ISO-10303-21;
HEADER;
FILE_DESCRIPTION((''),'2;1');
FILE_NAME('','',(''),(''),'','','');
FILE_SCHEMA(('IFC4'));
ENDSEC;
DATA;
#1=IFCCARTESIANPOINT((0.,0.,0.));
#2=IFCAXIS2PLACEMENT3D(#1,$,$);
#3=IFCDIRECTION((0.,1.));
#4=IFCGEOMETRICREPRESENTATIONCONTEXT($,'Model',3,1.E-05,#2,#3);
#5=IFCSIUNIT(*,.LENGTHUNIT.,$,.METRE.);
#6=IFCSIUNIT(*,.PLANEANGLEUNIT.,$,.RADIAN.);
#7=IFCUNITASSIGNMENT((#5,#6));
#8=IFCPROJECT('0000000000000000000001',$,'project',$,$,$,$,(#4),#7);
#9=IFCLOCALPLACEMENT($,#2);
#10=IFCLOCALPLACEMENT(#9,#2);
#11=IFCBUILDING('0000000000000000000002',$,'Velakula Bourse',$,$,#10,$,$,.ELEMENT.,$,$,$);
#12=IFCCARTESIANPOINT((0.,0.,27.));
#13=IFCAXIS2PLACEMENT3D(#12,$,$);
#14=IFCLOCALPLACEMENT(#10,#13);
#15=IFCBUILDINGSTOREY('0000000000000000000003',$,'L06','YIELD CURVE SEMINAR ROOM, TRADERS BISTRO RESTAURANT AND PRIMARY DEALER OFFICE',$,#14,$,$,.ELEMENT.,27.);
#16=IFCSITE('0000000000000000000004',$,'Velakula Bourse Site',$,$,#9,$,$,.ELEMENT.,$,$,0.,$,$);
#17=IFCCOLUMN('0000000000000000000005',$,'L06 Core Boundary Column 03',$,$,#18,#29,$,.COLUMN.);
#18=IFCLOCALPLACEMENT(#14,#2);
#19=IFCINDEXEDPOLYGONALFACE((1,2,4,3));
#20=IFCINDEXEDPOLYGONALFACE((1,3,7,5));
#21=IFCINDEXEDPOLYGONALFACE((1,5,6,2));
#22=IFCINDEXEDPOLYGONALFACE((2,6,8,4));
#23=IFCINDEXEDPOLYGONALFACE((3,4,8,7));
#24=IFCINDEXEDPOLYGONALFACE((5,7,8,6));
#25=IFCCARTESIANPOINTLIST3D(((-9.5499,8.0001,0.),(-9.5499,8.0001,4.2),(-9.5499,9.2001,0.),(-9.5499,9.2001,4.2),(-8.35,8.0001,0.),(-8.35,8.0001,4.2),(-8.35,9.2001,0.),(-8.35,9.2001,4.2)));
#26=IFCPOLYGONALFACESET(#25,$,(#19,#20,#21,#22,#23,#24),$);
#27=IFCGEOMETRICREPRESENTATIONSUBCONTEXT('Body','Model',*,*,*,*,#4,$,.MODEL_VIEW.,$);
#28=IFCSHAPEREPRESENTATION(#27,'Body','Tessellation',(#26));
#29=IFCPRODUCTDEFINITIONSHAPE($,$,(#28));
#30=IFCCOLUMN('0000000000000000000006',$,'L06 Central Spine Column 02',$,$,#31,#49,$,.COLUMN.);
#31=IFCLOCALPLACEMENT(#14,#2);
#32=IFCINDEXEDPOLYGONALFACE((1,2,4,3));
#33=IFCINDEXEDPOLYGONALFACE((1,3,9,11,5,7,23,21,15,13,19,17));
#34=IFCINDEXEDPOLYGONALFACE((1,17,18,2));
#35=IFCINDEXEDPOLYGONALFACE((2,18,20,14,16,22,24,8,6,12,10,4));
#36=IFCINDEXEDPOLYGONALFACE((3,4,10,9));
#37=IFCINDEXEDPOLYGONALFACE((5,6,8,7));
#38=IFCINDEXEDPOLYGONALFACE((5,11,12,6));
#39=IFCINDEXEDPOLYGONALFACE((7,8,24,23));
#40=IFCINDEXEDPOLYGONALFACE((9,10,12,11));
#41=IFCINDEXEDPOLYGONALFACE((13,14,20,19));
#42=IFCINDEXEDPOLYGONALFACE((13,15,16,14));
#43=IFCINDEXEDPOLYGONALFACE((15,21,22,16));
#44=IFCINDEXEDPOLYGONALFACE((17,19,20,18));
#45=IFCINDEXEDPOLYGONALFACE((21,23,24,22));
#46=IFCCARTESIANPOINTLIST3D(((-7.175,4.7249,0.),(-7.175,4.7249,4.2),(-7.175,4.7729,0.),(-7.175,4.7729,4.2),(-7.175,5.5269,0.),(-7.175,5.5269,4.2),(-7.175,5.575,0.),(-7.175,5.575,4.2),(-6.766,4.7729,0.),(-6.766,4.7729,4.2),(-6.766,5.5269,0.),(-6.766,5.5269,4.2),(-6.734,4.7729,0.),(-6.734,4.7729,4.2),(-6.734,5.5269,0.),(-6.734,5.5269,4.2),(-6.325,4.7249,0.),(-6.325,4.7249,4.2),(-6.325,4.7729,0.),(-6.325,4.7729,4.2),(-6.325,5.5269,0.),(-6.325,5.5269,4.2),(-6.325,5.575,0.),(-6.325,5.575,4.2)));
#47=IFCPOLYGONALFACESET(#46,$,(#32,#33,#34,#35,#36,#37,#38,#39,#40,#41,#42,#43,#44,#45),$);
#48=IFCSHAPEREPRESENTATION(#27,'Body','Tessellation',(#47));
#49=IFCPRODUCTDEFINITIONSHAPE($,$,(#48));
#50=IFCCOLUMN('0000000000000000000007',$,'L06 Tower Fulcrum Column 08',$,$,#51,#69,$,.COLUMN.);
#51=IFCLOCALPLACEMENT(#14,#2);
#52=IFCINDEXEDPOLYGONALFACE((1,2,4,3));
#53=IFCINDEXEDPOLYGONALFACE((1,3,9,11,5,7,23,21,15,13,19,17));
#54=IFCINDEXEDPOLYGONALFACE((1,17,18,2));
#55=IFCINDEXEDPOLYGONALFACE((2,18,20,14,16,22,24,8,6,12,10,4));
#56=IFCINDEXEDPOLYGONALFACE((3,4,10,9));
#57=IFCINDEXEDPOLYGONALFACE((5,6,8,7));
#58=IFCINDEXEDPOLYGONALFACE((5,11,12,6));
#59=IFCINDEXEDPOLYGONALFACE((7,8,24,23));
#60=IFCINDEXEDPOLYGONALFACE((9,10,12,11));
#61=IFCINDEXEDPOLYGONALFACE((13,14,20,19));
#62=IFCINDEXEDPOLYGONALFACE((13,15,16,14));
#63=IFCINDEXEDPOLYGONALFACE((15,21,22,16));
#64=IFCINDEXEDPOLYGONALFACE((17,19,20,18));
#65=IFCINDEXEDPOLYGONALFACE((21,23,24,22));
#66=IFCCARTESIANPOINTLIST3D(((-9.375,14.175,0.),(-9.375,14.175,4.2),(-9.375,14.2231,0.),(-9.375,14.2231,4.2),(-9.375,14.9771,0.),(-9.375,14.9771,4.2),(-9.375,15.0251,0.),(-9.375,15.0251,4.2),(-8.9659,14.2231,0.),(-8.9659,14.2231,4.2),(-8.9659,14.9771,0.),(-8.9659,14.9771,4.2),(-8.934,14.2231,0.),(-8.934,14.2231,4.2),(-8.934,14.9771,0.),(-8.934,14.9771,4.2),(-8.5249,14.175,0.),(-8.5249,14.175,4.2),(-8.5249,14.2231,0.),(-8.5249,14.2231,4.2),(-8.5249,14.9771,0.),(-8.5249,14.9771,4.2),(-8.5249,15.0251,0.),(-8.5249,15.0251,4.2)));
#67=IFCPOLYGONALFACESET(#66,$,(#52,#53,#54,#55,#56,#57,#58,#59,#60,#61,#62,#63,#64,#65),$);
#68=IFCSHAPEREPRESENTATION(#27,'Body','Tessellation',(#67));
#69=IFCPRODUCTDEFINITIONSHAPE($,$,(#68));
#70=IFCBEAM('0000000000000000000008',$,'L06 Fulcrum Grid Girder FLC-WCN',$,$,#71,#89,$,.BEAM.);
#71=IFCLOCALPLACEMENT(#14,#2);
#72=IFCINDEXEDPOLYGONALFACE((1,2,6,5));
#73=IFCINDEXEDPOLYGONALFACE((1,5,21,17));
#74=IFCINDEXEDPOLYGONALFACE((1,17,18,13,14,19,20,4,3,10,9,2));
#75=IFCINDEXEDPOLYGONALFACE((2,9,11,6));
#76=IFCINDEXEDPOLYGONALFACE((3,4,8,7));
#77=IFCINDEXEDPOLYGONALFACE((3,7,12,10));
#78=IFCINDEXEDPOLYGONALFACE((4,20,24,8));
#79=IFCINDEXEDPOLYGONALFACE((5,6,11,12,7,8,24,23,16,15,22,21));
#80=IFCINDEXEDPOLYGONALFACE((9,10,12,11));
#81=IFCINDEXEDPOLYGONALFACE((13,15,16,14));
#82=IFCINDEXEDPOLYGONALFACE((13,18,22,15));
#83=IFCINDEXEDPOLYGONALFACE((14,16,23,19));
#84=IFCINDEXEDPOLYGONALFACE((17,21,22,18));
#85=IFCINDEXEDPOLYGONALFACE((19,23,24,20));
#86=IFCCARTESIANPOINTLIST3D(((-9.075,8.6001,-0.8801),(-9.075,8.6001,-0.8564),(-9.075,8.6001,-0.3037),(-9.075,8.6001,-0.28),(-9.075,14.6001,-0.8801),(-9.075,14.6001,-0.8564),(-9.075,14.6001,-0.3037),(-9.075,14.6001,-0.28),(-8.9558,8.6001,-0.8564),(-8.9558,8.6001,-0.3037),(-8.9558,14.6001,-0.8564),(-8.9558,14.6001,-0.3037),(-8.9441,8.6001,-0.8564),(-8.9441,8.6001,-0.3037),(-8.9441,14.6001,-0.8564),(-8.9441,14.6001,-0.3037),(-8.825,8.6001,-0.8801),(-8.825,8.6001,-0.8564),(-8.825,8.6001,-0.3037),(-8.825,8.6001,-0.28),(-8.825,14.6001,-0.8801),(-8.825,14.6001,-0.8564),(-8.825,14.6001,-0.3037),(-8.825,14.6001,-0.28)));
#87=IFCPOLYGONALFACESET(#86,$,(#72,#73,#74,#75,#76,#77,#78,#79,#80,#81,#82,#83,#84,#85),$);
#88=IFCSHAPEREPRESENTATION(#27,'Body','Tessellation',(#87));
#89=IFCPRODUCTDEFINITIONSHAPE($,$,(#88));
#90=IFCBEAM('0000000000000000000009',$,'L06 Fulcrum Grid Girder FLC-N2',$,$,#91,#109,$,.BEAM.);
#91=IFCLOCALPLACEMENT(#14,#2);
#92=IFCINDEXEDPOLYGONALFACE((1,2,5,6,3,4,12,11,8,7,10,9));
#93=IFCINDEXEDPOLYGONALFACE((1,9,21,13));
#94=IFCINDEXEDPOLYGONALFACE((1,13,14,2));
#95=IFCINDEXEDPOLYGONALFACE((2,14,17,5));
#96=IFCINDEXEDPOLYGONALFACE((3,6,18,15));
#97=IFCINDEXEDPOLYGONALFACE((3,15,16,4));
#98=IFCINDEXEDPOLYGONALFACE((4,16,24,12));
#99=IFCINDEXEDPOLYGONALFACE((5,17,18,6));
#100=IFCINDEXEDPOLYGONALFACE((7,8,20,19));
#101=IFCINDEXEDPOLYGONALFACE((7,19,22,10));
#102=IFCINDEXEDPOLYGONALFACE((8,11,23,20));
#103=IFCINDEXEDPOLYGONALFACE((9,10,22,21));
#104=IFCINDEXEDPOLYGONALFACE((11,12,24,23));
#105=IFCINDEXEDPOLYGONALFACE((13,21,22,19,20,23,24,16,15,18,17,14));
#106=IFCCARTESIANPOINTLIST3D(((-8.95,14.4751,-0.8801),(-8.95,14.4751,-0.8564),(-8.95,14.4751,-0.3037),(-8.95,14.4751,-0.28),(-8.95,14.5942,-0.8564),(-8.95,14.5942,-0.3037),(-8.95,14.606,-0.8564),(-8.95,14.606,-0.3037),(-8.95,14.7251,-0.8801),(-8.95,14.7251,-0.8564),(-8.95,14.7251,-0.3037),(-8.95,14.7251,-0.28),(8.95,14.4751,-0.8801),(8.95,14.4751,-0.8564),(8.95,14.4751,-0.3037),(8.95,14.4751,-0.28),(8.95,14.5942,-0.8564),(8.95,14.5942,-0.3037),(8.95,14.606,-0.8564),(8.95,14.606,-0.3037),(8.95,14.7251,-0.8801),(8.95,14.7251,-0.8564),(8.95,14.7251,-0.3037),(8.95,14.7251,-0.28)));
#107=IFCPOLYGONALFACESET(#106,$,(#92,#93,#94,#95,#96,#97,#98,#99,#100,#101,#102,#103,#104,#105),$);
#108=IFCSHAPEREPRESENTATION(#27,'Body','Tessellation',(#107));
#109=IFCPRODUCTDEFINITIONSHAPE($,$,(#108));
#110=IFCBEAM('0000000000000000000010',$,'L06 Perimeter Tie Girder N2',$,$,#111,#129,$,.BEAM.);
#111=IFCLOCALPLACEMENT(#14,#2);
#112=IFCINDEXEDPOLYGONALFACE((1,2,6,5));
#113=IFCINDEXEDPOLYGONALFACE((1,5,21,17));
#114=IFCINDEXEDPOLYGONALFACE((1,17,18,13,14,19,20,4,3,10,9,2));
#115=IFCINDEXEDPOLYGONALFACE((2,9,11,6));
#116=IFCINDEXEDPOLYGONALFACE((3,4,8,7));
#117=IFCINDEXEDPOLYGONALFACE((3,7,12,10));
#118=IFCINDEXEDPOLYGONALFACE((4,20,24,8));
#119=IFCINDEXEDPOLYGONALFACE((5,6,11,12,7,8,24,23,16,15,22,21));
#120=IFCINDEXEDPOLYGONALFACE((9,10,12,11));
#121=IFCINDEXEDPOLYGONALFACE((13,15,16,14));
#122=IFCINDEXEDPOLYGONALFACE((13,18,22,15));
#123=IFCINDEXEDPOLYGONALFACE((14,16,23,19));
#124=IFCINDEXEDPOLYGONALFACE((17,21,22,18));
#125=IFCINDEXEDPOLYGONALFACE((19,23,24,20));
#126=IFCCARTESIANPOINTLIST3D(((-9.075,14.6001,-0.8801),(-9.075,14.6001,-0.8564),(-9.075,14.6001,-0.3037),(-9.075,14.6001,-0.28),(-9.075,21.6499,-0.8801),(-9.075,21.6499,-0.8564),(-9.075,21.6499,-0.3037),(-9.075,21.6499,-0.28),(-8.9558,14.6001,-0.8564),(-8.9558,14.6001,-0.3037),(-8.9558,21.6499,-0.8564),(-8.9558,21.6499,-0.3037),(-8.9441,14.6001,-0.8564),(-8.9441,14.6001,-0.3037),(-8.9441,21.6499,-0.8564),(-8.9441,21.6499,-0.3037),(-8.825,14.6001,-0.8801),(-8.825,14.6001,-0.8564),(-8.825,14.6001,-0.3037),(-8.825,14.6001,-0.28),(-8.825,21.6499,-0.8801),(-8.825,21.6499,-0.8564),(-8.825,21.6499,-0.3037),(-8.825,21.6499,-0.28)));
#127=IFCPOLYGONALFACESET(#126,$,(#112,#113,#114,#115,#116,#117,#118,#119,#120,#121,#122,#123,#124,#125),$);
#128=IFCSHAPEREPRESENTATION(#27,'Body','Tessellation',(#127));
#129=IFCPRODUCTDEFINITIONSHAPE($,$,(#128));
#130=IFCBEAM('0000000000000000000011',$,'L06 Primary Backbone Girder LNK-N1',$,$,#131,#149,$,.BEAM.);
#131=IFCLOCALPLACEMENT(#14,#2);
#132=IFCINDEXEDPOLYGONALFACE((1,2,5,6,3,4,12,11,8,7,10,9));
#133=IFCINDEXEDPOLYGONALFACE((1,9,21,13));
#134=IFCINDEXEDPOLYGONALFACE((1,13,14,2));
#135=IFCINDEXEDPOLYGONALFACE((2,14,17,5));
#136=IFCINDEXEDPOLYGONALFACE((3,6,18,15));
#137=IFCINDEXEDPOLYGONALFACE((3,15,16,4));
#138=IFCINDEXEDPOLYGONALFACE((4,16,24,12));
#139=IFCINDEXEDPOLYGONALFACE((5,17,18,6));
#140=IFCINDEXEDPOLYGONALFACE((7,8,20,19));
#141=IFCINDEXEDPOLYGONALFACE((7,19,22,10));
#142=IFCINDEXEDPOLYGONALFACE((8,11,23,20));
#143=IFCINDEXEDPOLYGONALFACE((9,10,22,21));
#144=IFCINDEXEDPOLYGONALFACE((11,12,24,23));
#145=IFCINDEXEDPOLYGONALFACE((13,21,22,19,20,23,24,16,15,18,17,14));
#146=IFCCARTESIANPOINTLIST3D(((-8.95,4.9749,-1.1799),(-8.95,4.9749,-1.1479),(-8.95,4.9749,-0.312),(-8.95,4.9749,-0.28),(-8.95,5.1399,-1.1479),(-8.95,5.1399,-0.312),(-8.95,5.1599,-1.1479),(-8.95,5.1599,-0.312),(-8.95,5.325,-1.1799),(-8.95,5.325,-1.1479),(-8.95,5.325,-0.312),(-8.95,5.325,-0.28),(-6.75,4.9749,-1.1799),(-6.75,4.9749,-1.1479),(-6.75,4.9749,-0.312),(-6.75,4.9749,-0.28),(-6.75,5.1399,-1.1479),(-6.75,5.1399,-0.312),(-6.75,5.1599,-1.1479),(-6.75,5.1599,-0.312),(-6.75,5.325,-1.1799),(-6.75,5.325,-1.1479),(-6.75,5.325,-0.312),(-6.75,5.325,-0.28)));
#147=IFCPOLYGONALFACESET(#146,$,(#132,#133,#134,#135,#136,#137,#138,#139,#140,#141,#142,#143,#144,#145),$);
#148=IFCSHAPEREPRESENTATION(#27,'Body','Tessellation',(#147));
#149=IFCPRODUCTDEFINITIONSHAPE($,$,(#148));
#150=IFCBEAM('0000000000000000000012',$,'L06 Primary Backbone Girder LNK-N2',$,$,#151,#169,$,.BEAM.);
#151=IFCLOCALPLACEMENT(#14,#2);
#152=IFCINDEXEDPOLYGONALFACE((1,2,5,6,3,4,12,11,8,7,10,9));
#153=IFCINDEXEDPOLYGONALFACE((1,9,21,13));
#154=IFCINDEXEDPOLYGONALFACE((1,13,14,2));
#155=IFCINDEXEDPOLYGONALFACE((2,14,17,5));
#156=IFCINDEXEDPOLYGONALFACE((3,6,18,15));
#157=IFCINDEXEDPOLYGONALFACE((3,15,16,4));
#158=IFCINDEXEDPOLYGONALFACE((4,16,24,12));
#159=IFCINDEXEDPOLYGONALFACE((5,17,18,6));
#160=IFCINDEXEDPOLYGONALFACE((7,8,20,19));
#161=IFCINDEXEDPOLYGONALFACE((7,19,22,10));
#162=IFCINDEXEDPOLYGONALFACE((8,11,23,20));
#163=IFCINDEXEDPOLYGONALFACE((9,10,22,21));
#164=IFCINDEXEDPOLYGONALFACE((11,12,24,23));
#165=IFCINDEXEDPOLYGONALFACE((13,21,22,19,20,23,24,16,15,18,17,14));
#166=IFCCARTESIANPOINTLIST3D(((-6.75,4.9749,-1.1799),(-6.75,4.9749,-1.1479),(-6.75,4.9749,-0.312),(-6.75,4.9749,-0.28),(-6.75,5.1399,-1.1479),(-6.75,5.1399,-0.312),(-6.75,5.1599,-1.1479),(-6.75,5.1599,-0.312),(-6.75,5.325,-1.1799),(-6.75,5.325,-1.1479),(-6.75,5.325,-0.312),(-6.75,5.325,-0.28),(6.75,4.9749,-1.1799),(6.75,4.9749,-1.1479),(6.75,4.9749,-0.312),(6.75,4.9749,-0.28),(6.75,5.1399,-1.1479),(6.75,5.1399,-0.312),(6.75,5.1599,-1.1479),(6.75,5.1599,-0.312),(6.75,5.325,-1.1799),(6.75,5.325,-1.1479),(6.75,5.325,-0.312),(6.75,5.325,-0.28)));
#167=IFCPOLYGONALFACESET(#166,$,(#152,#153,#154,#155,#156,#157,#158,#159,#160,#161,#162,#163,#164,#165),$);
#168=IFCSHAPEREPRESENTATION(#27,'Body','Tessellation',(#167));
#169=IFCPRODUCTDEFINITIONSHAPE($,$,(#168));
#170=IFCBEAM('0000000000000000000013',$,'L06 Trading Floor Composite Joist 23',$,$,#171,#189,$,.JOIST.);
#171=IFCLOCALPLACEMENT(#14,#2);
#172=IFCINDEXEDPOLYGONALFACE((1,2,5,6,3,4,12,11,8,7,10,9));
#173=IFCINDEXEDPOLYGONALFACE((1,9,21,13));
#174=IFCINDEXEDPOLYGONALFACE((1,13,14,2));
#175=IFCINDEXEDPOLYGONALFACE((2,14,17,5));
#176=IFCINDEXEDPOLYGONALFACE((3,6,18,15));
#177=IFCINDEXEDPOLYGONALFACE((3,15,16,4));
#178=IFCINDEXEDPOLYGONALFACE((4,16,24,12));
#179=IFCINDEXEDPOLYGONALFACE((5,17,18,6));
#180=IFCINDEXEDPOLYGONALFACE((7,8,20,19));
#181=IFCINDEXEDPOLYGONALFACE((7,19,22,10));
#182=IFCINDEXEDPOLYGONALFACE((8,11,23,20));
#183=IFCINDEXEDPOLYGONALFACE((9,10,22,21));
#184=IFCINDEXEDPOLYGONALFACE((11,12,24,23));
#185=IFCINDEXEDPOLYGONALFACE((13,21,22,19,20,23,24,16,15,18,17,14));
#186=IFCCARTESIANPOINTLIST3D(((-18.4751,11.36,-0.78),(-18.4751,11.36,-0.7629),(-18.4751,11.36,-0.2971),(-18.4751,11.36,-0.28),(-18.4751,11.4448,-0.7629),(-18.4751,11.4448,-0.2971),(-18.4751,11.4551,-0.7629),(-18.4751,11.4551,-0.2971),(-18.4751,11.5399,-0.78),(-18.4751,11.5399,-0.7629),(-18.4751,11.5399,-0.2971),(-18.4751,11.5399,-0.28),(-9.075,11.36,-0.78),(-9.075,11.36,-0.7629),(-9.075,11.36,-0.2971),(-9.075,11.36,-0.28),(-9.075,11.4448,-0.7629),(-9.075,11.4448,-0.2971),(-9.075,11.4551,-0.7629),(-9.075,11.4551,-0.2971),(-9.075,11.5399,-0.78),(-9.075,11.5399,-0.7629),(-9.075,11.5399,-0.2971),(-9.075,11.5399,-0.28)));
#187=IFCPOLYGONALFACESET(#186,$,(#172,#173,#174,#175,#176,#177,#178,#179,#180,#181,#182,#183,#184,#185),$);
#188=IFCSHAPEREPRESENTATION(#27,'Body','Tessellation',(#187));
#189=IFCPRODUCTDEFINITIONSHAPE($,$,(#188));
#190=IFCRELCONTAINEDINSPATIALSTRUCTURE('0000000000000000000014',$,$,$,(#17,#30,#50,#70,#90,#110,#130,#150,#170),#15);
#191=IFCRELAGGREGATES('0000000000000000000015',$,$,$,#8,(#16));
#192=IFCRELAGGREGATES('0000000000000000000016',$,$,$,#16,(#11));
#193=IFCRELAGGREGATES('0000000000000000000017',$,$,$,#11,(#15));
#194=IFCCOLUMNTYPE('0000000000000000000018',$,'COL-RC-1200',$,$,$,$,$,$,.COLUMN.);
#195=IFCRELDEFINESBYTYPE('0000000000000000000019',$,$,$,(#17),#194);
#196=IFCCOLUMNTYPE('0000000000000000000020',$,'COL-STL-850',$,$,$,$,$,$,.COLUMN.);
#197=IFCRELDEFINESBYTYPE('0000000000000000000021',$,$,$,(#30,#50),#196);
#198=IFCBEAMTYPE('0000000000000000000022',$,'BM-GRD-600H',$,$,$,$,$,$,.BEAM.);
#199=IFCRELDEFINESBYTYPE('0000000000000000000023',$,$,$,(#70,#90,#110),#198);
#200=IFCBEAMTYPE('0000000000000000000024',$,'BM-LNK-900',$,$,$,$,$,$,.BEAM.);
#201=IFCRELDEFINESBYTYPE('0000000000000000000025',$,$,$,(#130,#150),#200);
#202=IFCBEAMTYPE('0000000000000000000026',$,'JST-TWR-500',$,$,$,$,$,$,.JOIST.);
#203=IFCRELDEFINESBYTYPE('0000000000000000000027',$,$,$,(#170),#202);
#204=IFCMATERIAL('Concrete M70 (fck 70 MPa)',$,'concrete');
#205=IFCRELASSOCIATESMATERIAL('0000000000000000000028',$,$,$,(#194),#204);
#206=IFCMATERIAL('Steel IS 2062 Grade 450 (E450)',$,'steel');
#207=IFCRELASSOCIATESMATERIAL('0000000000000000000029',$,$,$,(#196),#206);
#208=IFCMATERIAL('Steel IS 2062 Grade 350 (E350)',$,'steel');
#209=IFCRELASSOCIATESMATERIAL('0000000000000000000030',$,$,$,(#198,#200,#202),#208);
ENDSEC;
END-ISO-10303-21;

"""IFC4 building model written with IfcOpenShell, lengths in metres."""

from ifc_helpers import new_model, si_unit, direction, frame, origin, origin_2d, place, context, subcontext, project, spatial, rectangle, i_section, extrude, material, material_profile, profile_set, type_object, element, save


model = new_model("IFC4")

# Units and contexts
model_context = context("Model", 3, precision=1e-05, world=origin(), true_north=direction((0.0, 1.0)))
body_context = subcontext(model_context, "Body", "Model", "MODEL_VIEW")
ifc_project = project(units=[si_unit("LENGTHUNIT", "METRE"), si_unit("PLANEANGLEUNIT", "RADIAN")], contexts=[model_context])

# Site, building, storey
site_placement = place(None, origin())
site = spatial("IfcSite", under=ifc_project, at=site_placement, Name="Velakula Bourse Site", CompositionType="ELEMENT", RefElevation=0.0)
building_placement = place(site_placement, origin())
building = spatial("IfcBuilding", under=site, at=building_placement, Name="Velakula Bourse", CompositionType="ELEMENT")
storey_placement = place(building_placement, frame((0.0, 0.0, 27.0)))
storey = spatial("IfcBuildingStorey", under=building, at=storey_placement, Name="L06", Description="YIELD CURVE SEMINAR ROOM, TRADERS BISTRO RESTAURANT AND PRIMARY DEALER OFFICE", CompositionType="ELEMENT", Elevation=27.0)

# Columns
ifc_material_1 = material(Name="Concrete M70 (fck 70 MPa)", Category="concrete")
ifc_material_profile_1 = material_profile(ifc_material_1, rectangle(XDim=1.2, YDim=1.2, at=origin_2d()), Name="Concrete M70 (fck 70 MPa)")
ifc_profile_set_1 = profile_set([ifc_material_profile_1], Name="Concrete M70 (fck 70 MPa)")
column_type_1 = type_object("IfcColumnType", Name="COL-RC-1200", PredefinedType="COLUMN", material=ifc_profile_set_1)
column_placement = place(storey_placement, frame((-8.95, 8.6001, 0.0), z_axis=(0.0, 0.0, 1.0), x_axis=(1.0, 0.0, 0.0)))
element("IfcColumn", 1, at=column_placement, inside=storey, type_object=column_type_1, Name="L06 Core Boundary Column 03", PredefinedType="COLUMN", context=body_context, shape_type="SweptSolid", body=[
    extrude(rectangle(XDim=1.2, YDim=1.2, at=origin_2d()), origin(), (0.0, 0.0, 1.0), 4.2),
])
ifc_material_2 = material(Name="Steel IS 2062 Grade 450 (E450)", Category="steel")
ifc_material_profile_2 = material_profile(ifc_material_2, i_section(OverallWidth=0.8501, OverallDepth=0.8501, WebThickness=0.032, FlangeThickness=0.0481, at=origin_2d()), Name="Steel IS 2062 Grade 450 (E450)")
ifc_profile_set_2 = profile_set([ifc_material_profile_2], Name="Steel IS 2062 Grade 450 (E450)")
column_type_2 = type_object("IfcColumnType", Name="COL-STL-850", PredefinedType="COLUMN", material=ifc_profile_set_2)
for number, where, z_axis, x_axis, name in (
    (2, (-6.75, 5.1499, 0.0), (0.0, 0.0, 1.0), (1.0, 0.0, 0.0), "L06 Central Spine Column 02"),
    (3, (-8.95, 14.6001, 0.0), (0.0, 0.0, 1.0), (1.0, 0.0, 0.0), "L06 Tower Fulcrum Column 08"),
):
    element("IfcColumn", number, at=place(storey_placement, frame(where, z_axis=z_axis, x_axis=x_axis)), inside=storey, type_object=column_type_2, Name=name, PredefinedType="COLUMN", context=body_context, shape_type="SweptSolid", body=[
        extrude(i_section(OverallWidth=0.8501, OverallDepth=0.8501, WebThickness=0.032, FlangeThickness=0.0481, at=origin_2d()), origin(), (0.0, 0.0, 1.0), 4.2),
    ])

# Beams
ifc_material_3 = material(Name="Steel IS 2062 Grade 350 (E350)", Category="steel")
ifc_material_profile_3 = material_profile(ifc_material_3, i_section(OverallWidth=0.25, OverallDepth=0.6001, WebThickness=0.0117, FlangeThickness=0.0237, at=origin_2d()), Name="Steel IS 2062 Grade 350 (E350)")
ifc_profile_set_3 = profile_set([ifc_material_profile_3], Name="Steel IS 2062 Grade 350 (E350)")
beam_type_1 = type_object("IfcBeamType", Name="BM-GRD-600H", PredefinedType="BEAM", material=ifc_profile_set_3)
beam_1_placement = place(storey_placement, frame((-8.95, 8.6001, -0.5801), z_axis=(0.0, 1.0, 0.0), x_axis=(-1.0, 0.0, 0.0)))
element("IfcBeam", 4, at=beam_1_placement, inside=storey, type_object=beam_type_1, Name="L06 Fulcrum Grid Girder FLC-WCN", PredefinedType="BEAM", context=body_context, shape_type="SweptSolid", body=[
    extrude(i_section(OverallWidth=0.25, OverallDepth=0.6001, WebThickness=0.0117, FlangeThickness=0.0237, at=origin_2d()), origin(), (0.0, 0.0, 1.0), 6.0),
])
beam_2_placement = place(storey_placement, frame((-8.95, 14.6001, -0.5801), z_axis=(1.0, 0.0, 0.0), x_axis=(0.0, 1.0, 0.0)))
element("IfcBeam", 5, at=beam_2_placement, inside=storey, type_object=beam_type_1, Name="L06 Fulcrum Grid Girder FLC-N2", PredefinedType="BEAM", context=body_context, shape_type="SweptSolid", body=[
    extrude(i_section(OverallWidth=0.25, OverallDepth=0.6001, WebThickness=0.0117, FlangeThickness=0.0237, at=origin_2d()), origin(), (0.0, 0.0, 1.0), 17.8999),
])
beam_3_placement = place(storey_placement, frame((-8.95, 14.6001, -0.5801), z_axis=(0.0, 1.0, 0.0), x_axis=(-1.0, 0.0, 0.0)))
element("IfcBeam", 6, at=beam_3_placement, inside=storey, type_object=beam_type_1, Name="L06 Perimeter Tie Girder N2", PredefinedType="BEAM", context=body_context, shape_type="SweptSolid", body=[
    extrude(i_section(OverallWidth=0.25, OverallDepth=0.6001, WebThickness=0.0117, FlangeThickness=0.0237, at=origin_2d()), origin(), (0.0, 0.0, 1.0), 7.0498),
])
ifc_material_profile_4 = material_profile(ifc_material_3, i_section(OverallWidth=0.3501, OverallDepth=0.8999, WebThickness=0.02, FlangeThickness=0.032, at=origin_2d()), Name="Steel IS 2062 Grade 350 (E350)")
ifc_profile_set_4 = profile_set([ifc_material_profile_4], Name="Steel IS 2062 Grade 350 (E350)")
beam_type_2 = type_object("IfcBeamType", Name="BM-LNK-900", PredefinedType="BEAM", material=ifc_profile_set_4)
beam_4_placement = place(storey_placement, frame((-8.95, 5.1499, -0.73), z_axis=(1.0, 0.0, 0.0), x_axis=(0.0, 1.0, 0.0)))
element("IfcBeam", 7, at=beam_4_placement, inside=storey, type_object=beam_type_2, Name="L06 Primary Backbone Girder LNK-N1", PredefinedType="BEAM", context=body_context, shape_type="SweptSolid", body=[
    extrude(i_section(OverallWidth=0.3501, OverallDepth=0.8999, WebThickness=0.02, FlangeThickness=0.032, at=origin_2d()), origin(), (0.0, 0.0, 1.0), 2.2),
])
beam_5_placement = place(storey_placement, frame((-6.75, 5.1499, -0.73), z_axis=(1.0, 0.0, 0.0), x_axis=(0.0, 1.0, 0.0)))
element("IfcBeam", 8, at=beam_5_placement, inside=storey, type_object=beam_type_2, Name="L06 Primary Backbone Girder LNK-N2", PredefinedType="BEAM", context=body_context, shape_type="SweptSolid", body=[
    extrude(i_section(OverallWidth=0.3501, OverallDepth=0.8999, WebThickness=0.02, FlangeThickness=0.032, at=origin_2d()), origin(), (0.0, 0.0, 1.0), 13.5),
])
ifc_material_profile_5 = material_profile(ifc_material_3, i_section(OverallWidth=0.1799, OverallDepth=0.5, WebThickness=0.0103, FlangeThickness=0.0171, at=origin_2d()), Name="Steel IS 2062 Grade 350 (E350)")
ifc_profile_set_5 = profile_set([ifc_material_profile_5], Name="Steel IS 2062 Grade 350 (E350)")
beam_type_3 = type_object("IfcBeamType", Name="JST-TWR-500", PredefinedType="JOIST", material=ifc_profile_set_5)
beam_6_placement = place(storey_placement, frame((-18.4751, 11.45, -0.53), z_axis=(1.0, 0.0, 0.0), x_axis=(0.0, 1.0, 0.0)))
element("IfcBeam", 9, at=beam_6_placement, inside=storey, type_object=beam_type_3, Name="L06 Trading Floor Composite Joist 23", PredefinedType="JOIST", context=body_context, shape_type="SweptSolid", body=[
    extrude(i_section(OverallWidth=0.1799, OverallDepth=0.5, WebThickness=0.0103, FlangeThickness=0.0171, at=origin_2d()), origin(), (0.0, 0.0, 1.0), 9.4001),
])

save(model, "model.ifc")
